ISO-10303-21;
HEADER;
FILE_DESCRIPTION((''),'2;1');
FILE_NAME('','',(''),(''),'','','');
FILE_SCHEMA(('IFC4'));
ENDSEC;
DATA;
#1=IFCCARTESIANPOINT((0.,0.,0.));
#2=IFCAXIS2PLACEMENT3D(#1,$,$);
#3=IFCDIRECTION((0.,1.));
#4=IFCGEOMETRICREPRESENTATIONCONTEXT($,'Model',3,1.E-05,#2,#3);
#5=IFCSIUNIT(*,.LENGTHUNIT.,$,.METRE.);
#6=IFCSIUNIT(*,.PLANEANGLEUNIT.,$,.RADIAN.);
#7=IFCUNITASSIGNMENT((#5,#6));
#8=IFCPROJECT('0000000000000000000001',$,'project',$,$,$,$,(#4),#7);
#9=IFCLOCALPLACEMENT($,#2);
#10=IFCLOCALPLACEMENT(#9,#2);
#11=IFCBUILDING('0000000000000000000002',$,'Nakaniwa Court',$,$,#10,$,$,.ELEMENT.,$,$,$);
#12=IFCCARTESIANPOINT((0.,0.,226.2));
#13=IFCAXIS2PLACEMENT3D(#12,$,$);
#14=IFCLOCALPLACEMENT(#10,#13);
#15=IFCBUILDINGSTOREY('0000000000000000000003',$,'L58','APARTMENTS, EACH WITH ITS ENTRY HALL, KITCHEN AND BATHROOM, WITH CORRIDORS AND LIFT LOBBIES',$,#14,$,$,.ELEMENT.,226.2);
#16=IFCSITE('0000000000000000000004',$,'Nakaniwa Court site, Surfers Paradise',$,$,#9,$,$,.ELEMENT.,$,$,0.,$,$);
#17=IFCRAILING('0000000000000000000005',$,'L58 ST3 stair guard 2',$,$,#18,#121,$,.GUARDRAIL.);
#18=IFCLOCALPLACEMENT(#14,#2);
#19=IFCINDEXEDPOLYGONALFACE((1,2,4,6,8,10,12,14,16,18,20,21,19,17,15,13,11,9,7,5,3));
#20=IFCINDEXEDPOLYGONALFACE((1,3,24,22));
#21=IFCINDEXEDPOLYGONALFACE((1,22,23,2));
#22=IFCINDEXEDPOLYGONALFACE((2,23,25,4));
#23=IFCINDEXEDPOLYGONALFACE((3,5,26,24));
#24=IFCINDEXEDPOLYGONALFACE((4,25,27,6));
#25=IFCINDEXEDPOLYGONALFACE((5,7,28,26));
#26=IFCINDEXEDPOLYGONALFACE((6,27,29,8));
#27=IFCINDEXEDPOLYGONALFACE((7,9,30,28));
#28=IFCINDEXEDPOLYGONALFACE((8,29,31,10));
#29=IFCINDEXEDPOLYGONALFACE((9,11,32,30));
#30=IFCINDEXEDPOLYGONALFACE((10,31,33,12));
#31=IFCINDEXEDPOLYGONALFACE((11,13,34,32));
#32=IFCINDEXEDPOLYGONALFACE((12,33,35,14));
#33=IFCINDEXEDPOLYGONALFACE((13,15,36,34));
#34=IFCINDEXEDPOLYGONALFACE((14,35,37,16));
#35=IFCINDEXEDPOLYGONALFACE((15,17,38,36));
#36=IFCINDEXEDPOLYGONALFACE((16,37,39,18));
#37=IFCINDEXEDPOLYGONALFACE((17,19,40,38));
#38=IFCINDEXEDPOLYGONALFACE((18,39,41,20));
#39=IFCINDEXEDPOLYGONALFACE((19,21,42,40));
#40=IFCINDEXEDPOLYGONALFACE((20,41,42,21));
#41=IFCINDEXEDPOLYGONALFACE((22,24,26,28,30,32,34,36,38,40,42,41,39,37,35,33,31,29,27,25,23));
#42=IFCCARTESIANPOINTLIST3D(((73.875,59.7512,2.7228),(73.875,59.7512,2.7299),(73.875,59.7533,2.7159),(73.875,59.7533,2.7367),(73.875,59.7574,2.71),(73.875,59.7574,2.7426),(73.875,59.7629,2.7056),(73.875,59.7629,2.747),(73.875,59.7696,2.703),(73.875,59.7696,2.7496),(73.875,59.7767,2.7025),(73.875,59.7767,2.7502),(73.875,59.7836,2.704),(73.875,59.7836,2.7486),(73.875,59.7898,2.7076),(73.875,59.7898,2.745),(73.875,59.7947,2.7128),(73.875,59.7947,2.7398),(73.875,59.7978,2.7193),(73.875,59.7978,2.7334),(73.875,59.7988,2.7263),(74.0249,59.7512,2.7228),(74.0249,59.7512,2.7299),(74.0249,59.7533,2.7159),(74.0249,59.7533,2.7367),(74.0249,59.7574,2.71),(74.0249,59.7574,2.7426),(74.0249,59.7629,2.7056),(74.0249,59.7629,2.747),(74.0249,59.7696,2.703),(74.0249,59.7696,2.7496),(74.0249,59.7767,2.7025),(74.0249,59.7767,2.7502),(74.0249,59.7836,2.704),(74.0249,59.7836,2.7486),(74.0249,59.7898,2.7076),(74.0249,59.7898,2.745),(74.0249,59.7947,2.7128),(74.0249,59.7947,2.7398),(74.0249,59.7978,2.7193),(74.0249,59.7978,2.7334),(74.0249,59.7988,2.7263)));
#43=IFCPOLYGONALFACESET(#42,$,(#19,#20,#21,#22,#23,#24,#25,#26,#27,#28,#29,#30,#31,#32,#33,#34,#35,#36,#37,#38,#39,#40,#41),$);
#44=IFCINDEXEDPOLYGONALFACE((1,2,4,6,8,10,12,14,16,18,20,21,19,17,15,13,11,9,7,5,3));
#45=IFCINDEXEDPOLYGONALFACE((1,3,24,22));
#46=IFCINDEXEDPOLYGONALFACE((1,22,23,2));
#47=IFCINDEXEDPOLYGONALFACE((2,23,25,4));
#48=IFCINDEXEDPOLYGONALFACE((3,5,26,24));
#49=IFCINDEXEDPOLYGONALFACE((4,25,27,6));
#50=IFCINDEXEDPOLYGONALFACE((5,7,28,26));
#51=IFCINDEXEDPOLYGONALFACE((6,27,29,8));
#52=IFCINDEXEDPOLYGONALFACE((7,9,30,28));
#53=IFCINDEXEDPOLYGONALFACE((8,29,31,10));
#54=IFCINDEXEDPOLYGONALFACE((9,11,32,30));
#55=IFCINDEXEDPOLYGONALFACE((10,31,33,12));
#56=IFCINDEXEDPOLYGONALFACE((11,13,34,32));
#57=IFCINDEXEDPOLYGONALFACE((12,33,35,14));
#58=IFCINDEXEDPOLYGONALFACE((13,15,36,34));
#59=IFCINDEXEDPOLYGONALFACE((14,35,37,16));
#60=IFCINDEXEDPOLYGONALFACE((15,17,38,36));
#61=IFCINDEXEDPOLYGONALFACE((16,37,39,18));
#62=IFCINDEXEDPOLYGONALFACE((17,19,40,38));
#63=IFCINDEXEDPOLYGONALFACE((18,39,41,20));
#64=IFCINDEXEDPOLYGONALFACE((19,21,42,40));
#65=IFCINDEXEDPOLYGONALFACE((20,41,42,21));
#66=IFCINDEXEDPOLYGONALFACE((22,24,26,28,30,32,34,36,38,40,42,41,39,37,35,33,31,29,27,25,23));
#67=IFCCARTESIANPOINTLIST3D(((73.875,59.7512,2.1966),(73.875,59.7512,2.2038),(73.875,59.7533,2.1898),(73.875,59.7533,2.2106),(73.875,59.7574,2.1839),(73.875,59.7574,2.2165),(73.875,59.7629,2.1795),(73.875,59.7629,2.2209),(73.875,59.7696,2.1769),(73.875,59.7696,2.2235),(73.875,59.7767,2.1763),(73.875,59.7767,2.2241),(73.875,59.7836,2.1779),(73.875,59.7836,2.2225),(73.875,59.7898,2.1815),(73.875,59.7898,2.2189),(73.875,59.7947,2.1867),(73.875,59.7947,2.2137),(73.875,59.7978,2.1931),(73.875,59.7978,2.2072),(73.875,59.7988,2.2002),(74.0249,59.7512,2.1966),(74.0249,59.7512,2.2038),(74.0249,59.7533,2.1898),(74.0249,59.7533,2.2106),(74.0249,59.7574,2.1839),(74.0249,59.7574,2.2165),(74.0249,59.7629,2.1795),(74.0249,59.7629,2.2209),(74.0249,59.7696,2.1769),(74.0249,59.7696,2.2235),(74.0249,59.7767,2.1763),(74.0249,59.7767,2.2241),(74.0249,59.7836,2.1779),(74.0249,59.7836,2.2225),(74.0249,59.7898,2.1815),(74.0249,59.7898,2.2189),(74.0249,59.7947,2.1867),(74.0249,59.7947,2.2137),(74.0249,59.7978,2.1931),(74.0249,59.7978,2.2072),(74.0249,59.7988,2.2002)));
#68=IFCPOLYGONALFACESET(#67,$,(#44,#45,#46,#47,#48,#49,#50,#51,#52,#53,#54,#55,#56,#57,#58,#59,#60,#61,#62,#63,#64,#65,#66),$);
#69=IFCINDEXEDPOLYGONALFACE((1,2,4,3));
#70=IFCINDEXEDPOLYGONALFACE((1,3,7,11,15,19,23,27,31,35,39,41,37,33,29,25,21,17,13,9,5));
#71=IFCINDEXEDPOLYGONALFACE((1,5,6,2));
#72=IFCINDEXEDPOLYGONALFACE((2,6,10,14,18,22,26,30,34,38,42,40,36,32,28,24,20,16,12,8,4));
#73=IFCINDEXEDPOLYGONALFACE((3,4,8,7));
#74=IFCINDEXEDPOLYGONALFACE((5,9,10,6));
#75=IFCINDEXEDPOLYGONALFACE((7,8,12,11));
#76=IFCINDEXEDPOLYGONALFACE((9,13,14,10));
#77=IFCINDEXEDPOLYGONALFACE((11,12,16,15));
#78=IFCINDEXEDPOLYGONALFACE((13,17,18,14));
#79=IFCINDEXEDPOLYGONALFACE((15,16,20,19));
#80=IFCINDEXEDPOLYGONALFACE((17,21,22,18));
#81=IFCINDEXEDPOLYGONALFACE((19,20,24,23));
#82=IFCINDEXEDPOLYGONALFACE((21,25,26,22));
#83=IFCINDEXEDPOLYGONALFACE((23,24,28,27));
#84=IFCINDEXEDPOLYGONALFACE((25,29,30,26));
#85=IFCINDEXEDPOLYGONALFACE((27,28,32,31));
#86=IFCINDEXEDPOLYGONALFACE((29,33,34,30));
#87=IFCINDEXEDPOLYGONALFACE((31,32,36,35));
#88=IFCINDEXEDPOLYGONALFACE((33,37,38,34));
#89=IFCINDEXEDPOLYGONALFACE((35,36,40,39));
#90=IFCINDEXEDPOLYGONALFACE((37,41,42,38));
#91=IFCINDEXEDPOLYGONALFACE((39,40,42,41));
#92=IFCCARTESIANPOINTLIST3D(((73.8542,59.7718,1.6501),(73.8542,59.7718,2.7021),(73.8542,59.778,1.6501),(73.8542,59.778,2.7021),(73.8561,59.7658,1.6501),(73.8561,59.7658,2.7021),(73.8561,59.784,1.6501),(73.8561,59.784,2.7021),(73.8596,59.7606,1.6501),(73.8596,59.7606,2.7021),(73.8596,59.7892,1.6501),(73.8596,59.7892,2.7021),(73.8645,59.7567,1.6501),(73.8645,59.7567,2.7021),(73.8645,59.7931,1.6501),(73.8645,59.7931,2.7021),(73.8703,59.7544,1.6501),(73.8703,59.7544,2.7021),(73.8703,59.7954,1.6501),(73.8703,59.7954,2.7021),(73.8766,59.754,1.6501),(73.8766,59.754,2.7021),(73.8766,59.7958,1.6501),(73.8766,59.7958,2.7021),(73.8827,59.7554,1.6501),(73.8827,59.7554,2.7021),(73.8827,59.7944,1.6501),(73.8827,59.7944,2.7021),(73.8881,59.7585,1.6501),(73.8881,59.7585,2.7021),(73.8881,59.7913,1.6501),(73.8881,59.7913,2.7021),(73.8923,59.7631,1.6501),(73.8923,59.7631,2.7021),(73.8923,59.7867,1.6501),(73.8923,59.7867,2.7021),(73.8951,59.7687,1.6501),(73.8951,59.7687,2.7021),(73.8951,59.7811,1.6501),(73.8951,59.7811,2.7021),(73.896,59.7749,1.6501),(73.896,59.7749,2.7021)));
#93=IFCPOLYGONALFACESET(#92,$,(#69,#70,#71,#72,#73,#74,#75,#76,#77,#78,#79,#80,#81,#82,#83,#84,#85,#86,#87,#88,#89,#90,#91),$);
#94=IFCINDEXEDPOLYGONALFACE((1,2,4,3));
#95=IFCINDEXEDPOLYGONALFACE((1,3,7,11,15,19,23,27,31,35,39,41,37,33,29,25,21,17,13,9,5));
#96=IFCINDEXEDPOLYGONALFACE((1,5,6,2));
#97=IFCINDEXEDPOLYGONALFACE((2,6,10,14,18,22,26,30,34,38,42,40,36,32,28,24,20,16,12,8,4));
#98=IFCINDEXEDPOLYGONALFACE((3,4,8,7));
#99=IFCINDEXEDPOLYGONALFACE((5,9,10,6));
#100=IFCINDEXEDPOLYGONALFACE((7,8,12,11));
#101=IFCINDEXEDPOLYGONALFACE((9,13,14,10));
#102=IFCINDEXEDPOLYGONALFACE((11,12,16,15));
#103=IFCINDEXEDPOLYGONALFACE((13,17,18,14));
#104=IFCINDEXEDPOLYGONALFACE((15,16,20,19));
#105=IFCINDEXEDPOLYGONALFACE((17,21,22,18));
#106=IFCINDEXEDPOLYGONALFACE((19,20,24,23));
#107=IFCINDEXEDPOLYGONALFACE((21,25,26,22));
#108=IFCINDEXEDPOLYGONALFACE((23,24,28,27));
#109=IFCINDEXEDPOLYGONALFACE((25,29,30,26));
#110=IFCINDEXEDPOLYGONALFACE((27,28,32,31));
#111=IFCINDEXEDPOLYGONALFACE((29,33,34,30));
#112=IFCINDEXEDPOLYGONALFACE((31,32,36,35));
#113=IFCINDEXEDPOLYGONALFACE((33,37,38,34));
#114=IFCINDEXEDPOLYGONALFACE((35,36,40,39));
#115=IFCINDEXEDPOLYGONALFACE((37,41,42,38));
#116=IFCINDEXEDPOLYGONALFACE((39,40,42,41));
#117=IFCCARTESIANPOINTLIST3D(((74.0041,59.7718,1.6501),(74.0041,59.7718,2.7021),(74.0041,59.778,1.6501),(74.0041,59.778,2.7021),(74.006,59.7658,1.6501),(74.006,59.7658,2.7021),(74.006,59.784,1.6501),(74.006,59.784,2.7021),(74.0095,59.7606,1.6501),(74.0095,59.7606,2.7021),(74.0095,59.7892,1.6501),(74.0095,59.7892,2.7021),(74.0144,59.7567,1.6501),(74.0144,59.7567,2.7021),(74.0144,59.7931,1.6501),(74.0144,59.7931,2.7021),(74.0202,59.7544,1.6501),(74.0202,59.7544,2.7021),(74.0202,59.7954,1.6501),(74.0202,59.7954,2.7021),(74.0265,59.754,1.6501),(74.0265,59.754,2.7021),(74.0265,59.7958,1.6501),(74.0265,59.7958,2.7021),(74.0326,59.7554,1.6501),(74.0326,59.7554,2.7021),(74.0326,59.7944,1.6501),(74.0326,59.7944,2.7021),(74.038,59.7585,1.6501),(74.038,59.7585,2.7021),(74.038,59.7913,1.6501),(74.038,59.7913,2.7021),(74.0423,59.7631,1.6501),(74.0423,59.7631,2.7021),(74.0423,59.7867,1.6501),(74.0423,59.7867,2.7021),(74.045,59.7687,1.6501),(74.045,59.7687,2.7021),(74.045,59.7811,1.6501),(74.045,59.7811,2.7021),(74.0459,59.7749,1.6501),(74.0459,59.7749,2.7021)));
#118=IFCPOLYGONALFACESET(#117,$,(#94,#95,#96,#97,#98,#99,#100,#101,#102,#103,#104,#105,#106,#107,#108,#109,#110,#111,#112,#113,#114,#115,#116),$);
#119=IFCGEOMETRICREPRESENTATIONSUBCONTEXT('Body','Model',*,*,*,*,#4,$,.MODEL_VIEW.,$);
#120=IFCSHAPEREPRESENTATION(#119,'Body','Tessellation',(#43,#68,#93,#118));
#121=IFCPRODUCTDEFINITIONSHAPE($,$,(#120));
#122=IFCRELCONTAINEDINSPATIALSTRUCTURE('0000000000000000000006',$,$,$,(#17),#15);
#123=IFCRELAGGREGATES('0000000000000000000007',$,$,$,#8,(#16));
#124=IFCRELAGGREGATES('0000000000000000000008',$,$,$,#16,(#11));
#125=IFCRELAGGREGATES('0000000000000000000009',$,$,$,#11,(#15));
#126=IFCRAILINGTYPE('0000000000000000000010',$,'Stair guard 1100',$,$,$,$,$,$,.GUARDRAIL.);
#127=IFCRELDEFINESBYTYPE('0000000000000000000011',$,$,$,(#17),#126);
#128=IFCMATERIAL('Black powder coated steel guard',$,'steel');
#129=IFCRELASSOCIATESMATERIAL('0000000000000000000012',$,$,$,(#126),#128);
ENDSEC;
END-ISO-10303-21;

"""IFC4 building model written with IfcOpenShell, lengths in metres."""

from ifc_helpers import new_model, si_unit, direction, frame, origin, origin_2d, place, context, subcontext, project, spatial, circle, extrude, material, type_object, element, save


model = new_model("IFC4")

# Units and contexts
model_context = context("Model", 3, precision=1e-05, world=origin(), true_north=direction((0.0, 1.0)))
body_context = subcontext(model_context, "Body", "Model", "MODEL_VIEW")
ifc_project = project(units=[si_unit("LENGTHUNIT", "METRE"), si_unit("PLANEANGLEUNIT", "RADIAN")], contexts=[model_context])

# Site, building, storey
site_placement = place(None, origin())
site = spatial("IfcSite", under=ifc_project, at=site_placement, Name="Nakaniwa Court site, Surfers Paradise", CompositionType="ELEMENT", RefElevation=0.0)
building_placement = place(site_placement, origin())
building = spatial("IfcBuilding", under=site, at=building_placement, Name="Nakaniwa Court", CompositionType="ELEMENT")
storey_placement = place(building_placement, frame((0.0, 0.0, 226.2)))
storey = spatial("IfcBuildingStorey", under=building, at=storey_placement, Name="L58", Description="APARTMENTS, EACH WITH ITS ENTRY HALL, KITCHEN AND BATHROOM, WITH CORRIDORS AND LIFT LOBBIES", CompositionType="ELEMENT", Elevation=226.2)

# Railing
ifc_material_1 = material(Name="Black powder coated steel guard", Category="steel")
railing_type_1 = type_object("IfcRailingType", Name="Stair guard 1100", PredefinedType="GUARDRAIL", material=ifc_material_1)
railing_1_placement = place(storey_placement, frame((73.875, 59.7749, 1.6501)))
element("IfcRailing", 1, at=railing_1_placement, inside=storey, type_object=railing_type_1, Name="L58 ST3 stair guard 2", PredefinedType="GUARDRAIL", context=body_context, shape_type="SweptSolid", body=[
    extrude(circle(Radius=0.0239, at=origin_2d()), frame((0.0, 0.0, 1.0762), z_axis=(1.0, 0.0, 0.0), x_axis=(0.0, 1.0, 0.0)), (0.0, 0.0, 1.0), 0.1499),
    extrude(circle(Radius=0.0239, at=origin_2d()), frame((0.0, 0.0, 0.55), z_axis=(1.0, 0.0, 0.0), x_axis=(0.0, 1.0, 0.0)), (0.0, 0.0, 1.0), 0.1499),
    extrude(circle(Radius=0.021, at=origin_2d()), origin(), (0.0, 0.0, 1.0), 1.052),
    extrude(circle(Radius=0.021, at=origin_2d()), frame((0.1499, 0.0, 0.0)), (0.0, 0.0, 1.0), 1.052),
])

save(model, "model.ifc")
